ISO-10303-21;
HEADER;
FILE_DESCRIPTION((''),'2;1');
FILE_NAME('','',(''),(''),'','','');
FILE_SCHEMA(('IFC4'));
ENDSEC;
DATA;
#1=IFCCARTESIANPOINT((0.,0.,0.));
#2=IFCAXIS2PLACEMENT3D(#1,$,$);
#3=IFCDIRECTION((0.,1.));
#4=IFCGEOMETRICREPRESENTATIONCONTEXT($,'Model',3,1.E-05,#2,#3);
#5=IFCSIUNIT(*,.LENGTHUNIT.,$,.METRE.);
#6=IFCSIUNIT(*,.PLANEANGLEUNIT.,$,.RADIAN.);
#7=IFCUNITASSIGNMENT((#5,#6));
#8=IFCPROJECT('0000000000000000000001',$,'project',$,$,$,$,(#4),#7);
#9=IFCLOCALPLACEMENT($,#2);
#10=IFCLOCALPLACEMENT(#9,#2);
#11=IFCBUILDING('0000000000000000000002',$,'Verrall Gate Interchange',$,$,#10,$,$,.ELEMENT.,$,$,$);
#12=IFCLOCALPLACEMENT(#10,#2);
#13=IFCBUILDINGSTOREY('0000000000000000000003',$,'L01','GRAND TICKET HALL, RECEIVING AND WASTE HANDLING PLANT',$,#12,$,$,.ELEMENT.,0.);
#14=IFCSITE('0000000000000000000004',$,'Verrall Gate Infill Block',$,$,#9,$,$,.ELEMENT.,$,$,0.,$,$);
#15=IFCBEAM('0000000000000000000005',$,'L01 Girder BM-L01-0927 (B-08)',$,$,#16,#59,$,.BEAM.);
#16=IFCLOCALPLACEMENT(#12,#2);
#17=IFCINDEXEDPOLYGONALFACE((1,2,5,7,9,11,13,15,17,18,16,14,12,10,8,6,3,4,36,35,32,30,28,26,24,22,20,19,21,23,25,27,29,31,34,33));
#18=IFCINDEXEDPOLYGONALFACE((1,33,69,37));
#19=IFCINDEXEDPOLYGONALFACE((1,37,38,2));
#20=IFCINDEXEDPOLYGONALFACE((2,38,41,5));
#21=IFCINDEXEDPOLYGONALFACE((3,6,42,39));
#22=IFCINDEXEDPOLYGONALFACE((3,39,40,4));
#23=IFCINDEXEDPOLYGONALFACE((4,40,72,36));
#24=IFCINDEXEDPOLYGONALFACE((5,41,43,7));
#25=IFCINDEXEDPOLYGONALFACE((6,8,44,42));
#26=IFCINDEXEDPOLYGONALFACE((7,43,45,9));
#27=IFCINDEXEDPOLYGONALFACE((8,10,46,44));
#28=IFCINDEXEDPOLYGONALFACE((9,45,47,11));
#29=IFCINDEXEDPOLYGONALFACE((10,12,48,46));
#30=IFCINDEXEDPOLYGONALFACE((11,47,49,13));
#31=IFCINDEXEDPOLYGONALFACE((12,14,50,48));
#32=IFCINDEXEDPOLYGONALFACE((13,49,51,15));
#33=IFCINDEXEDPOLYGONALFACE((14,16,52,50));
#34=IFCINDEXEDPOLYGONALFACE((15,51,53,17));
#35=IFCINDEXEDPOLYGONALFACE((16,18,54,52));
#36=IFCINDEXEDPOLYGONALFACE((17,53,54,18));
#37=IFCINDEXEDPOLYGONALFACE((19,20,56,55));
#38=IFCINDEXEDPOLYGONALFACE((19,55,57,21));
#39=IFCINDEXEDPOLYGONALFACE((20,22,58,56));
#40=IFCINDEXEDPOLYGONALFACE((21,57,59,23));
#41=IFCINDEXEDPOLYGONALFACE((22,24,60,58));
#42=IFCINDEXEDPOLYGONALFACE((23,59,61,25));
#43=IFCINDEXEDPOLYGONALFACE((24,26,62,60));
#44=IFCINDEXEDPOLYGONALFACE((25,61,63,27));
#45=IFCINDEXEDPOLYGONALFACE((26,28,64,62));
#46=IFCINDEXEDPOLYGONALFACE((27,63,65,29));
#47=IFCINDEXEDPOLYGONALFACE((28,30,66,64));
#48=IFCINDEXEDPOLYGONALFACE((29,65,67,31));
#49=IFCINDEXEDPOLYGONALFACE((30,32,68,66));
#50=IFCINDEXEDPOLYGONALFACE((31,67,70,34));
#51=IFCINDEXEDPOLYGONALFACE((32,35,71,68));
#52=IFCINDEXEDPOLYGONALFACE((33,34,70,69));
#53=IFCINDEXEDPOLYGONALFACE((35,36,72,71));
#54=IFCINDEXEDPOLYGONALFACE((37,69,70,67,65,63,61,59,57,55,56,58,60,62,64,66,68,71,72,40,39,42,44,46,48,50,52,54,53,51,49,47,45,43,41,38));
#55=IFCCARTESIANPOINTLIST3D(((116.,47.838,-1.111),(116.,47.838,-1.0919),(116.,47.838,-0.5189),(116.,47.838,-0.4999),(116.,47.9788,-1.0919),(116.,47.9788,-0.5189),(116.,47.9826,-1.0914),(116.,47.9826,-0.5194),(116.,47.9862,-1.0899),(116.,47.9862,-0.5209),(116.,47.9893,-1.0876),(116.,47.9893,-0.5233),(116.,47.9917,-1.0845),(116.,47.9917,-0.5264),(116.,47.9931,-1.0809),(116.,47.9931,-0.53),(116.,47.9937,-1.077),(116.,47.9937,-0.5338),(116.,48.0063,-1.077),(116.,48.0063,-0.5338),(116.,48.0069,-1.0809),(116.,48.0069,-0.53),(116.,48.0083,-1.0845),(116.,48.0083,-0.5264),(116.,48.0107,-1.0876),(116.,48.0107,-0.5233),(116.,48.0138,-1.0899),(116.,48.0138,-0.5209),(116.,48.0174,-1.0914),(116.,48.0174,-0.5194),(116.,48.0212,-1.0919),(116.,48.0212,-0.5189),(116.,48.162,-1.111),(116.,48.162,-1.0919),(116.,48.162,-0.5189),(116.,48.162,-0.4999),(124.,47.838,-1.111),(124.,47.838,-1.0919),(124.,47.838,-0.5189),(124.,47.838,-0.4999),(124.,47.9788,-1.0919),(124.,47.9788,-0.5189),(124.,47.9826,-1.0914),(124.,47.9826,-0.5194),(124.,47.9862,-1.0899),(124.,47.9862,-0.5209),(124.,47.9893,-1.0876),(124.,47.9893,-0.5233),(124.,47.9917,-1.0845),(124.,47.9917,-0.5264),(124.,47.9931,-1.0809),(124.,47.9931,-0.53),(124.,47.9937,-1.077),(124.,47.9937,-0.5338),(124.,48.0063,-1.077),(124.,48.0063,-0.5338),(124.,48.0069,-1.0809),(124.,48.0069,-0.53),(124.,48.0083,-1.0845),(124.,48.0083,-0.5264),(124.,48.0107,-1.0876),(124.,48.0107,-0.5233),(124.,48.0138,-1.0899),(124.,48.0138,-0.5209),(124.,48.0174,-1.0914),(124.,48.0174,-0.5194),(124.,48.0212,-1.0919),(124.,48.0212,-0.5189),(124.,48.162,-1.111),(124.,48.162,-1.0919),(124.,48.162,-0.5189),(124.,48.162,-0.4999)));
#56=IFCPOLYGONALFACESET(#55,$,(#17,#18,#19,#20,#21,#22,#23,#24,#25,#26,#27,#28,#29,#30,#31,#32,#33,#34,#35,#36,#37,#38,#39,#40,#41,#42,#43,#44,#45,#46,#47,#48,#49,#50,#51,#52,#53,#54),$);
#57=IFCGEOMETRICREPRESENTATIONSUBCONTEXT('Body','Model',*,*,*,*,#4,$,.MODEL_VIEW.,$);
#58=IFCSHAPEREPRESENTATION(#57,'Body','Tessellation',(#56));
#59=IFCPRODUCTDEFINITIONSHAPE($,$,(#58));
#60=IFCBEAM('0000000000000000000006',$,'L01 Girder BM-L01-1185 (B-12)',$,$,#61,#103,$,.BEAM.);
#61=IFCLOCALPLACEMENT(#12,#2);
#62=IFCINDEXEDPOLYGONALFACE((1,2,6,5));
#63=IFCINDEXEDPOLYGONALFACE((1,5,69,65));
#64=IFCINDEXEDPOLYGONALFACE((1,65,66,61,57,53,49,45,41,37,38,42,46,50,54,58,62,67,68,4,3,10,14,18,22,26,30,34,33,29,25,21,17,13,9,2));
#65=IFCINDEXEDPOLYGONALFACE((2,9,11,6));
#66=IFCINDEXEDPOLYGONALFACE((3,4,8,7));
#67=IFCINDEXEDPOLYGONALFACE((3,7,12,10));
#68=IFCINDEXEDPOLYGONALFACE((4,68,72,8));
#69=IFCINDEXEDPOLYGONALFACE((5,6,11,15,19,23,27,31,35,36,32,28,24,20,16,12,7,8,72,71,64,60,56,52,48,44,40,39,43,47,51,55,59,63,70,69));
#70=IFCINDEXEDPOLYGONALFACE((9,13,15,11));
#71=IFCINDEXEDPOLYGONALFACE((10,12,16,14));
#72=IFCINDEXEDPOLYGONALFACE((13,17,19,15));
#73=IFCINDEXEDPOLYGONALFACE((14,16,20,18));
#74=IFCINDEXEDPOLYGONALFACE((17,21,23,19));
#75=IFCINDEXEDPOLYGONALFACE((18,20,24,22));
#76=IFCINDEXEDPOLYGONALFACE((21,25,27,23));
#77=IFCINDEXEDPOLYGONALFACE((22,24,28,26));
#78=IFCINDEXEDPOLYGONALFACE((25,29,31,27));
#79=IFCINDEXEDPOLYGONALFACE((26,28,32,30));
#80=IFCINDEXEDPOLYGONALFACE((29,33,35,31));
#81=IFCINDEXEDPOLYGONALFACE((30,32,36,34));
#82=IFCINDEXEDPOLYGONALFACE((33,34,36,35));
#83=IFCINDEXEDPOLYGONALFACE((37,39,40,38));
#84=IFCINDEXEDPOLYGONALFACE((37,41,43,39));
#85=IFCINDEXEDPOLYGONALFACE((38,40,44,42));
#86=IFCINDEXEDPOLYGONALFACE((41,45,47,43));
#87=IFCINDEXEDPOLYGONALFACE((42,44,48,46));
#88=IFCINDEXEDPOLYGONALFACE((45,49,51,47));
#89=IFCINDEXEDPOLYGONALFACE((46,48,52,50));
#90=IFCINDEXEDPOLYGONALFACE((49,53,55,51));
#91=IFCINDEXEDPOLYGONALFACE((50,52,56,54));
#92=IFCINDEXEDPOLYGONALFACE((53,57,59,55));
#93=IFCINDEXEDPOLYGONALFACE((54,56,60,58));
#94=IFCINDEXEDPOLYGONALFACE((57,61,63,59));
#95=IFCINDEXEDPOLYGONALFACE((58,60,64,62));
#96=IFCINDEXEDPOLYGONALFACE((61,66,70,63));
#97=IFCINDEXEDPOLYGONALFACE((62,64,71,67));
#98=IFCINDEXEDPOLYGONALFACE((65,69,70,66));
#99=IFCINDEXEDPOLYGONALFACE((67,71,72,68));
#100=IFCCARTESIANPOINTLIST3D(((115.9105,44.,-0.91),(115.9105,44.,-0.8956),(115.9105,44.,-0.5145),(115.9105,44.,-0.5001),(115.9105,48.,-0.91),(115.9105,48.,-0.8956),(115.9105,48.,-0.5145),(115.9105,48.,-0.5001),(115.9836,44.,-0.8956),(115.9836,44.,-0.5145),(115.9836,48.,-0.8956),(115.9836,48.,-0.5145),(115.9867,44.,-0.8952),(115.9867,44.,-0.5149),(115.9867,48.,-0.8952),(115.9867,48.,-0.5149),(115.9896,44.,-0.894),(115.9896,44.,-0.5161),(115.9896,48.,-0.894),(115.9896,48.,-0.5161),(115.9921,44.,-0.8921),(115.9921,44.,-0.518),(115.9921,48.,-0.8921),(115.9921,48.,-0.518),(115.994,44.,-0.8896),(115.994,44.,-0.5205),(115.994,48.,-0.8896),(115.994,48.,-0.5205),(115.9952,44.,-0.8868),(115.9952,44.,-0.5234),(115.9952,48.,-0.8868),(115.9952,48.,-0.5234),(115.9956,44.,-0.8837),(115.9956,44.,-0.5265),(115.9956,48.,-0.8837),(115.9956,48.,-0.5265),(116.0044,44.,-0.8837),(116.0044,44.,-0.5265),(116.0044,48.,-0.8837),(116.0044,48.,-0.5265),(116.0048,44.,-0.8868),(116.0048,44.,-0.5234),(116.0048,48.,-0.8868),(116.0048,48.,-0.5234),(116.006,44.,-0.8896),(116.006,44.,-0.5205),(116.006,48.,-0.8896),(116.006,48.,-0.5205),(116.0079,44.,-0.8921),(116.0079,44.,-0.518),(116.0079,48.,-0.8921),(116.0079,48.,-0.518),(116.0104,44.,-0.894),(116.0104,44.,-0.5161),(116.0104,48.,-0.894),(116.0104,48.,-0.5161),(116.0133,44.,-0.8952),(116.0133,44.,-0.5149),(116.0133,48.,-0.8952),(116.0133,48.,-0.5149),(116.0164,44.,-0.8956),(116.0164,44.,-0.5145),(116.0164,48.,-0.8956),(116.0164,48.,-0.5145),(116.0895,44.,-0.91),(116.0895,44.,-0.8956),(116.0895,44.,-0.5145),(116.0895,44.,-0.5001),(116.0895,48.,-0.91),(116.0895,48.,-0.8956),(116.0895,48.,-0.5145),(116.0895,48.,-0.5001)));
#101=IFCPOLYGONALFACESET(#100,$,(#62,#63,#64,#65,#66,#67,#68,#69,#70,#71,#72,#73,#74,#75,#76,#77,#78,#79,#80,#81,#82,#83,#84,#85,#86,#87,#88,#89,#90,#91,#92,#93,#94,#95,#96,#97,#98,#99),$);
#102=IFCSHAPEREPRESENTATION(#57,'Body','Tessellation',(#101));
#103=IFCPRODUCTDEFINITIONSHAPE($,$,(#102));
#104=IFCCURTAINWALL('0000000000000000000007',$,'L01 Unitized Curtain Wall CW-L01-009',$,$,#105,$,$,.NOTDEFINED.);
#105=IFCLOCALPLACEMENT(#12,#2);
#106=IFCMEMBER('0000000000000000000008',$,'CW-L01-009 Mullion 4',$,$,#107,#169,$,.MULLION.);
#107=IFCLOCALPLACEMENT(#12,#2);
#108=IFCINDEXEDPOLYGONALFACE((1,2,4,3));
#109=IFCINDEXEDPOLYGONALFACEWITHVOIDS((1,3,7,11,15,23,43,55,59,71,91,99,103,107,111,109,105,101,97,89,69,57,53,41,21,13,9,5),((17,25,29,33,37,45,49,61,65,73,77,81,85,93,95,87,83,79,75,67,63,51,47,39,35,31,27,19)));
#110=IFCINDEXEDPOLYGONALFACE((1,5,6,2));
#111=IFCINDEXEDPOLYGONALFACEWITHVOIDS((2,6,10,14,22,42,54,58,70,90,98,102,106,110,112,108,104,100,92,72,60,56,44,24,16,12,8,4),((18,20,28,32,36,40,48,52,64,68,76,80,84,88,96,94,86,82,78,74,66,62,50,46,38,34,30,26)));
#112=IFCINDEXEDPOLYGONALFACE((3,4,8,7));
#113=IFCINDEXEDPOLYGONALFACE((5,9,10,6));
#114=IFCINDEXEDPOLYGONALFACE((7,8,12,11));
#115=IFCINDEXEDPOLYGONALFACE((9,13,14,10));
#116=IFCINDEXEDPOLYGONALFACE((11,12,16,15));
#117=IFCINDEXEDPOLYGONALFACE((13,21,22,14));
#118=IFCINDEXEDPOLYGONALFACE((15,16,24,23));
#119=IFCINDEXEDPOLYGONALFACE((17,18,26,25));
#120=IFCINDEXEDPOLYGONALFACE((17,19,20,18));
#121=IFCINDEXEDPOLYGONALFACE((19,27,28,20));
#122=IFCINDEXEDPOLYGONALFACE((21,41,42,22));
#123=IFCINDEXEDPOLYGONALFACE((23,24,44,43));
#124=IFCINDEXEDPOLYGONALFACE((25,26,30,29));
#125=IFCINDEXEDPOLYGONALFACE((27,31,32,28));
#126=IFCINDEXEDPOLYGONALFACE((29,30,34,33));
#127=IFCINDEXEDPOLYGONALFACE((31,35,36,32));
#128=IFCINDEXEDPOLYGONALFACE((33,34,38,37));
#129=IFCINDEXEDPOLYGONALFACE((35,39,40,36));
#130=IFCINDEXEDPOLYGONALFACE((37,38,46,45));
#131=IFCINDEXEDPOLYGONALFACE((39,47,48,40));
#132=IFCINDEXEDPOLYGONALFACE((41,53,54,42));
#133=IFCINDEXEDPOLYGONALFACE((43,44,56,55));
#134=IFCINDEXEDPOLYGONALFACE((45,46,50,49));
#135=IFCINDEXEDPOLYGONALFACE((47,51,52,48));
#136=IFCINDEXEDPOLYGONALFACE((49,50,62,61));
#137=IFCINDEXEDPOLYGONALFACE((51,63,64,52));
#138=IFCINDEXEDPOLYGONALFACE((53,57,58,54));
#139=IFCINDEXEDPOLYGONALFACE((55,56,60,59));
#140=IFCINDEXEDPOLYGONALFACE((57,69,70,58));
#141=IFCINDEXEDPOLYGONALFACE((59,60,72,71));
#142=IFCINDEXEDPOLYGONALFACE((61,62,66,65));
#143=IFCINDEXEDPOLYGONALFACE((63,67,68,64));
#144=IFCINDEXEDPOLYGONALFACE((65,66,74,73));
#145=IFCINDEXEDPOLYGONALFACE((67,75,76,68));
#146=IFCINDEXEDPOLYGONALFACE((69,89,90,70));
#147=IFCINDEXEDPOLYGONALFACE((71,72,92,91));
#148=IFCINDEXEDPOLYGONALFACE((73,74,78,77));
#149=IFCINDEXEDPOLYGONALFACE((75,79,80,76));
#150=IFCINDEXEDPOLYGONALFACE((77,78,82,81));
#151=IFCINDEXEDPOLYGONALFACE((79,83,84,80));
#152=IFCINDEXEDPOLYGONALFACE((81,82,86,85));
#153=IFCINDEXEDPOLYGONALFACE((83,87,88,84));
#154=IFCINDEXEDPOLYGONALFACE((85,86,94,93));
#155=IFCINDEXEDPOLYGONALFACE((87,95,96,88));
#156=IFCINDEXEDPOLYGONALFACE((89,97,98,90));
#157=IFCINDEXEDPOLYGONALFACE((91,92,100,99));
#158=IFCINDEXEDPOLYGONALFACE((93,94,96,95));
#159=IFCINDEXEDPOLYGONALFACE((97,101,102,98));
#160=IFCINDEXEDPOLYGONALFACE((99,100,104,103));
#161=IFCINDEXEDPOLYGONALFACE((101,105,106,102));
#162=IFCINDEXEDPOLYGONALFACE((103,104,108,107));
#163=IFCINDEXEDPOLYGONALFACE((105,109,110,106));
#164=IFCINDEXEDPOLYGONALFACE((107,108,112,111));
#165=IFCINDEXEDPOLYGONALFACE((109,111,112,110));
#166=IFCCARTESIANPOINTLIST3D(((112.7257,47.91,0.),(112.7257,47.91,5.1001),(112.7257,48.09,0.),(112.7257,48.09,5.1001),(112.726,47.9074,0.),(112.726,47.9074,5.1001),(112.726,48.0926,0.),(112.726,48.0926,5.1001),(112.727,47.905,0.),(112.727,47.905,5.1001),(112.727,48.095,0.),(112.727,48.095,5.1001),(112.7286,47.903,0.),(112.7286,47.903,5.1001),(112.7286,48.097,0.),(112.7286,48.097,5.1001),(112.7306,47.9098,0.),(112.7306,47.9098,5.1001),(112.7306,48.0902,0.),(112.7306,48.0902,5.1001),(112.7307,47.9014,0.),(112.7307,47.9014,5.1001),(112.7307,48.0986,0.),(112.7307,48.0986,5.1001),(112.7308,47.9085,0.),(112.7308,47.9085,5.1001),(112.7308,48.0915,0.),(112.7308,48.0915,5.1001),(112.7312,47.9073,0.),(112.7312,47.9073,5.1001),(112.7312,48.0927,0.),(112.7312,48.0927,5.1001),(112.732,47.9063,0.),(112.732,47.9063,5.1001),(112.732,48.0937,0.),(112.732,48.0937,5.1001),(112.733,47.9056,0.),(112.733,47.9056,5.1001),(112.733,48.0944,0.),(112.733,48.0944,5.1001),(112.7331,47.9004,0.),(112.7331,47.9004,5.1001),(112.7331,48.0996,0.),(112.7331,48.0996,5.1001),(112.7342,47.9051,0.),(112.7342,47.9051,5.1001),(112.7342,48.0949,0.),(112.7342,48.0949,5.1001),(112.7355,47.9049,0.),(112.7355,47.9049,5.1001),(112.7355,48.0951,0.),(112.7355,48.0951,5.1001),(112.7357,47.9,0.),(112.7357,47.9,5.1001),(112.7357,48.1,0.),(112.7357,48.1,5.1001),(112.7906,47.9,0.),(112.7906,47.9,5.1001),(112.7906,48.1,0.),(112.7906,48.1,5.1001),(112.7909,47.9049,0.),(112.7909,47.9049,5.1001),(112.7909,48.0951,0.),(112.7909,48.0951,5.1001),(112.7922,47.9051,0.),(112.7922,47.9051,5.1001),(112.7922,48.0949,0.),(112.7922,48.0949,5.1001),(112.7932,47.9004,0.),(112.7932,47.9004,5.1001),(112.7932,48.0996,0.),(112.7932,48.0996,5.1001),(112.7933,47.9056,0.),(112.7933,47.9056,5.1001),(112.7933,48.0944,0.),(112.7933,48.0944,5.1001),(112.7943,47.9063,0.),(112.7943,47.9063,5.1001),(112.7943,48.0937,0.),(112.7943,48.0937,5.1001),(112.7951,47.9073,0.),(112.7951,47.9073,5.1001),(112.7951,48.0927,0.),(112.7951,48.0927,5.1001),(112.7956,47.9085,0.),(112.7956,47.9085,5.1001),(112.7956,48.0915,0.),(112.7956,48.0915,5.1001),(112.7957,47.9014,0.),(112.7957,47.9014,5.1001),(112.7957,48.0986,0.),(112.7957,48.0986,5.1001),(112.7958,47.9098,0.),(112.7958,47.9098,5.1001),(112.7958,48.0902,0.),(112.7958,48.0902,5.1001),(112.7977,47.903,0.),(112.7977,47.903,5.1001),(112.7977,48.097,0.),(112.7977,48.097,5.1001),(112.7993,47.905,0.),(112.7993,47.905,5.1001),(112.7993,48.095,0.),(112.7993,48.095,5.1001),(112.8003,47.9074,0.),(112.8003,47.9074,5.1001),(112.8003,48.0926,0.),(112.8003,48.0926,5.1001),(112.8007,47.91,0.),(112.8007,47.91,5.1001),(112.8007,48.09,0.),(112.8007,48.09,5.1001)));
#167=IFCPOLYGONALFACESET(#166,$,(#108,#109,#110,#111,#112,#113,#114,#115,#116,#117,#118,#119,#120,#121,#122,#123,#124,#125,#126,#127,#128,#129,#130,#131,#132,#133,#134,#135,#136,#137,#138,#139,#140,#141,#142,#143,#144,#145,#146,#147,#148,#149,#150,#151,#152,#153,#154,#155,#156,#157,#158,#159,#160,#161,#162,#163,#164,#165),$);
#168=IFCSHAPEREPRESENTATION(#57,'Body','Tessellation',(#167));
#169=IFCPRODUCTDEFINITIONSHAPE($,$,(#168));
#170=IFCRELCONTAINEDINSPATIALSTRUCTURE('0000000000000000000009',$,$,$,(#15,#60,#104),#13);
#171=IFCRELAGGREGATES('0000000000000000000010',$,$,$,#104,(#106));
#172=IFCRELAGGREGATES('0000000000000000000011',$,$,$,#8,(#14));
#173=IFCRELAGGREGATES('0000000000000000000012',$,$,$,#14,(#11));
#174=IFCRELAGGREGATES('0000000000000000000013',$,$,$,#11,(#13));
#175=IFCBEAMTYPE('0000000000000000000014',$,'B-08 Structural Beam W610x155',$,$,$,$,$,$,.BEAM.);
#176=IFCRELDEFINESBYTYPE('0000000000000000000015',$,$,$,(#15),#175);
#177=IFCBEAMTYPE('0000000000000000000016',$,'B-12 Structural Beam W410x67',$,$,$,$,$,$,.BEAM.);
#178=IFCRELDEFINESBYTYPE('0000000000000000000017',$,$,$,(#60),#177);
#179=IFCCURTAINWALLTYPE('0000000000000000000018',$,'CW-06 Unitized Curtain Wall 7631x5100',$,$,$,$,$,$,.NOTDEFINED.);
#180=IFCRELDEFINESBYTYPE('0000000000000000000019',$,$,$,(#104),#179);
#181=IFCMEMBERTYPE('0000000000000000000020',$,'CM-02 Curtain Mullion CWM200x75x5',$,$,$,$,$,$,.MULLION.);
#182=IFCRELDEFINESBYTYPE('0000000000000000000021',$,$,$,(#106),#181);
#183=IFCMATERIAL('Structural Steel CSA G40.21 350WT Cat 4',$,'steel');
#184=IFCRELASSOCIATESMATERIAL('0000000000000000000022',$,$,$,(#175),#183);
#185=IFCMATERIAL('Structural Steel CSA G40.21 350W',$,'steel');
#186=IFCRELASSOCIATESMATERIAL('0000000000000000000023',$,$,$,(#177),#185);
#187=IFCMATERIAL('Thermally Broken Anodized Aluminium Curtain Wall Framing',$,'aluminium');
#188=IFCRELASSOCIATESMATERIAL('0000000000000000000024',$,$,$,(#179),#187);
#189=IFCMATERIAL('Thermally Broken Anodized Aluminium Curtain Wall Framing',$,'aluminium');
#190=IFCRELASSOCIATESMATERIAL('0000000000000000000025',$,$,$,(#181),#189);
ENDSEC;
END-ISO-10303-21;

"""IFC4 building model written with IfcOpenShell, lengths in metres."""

from ifc_helpers import new_model, si_unit, direction, frame, origin, origin_2d, place, context, subcontext, project, spatial, hollow_rectangle, i_section, extrude, material, material_profile, profile_set, type_object, element, aggregate, save


model = new_model("IFC4")

# Units and contexts
model_context = context("Model", 3, precision=1e-05, world=origin(), true_north=direction((0.0, 1.0)))
body_context = subcontext(model_context, "Body", "Model", "MODEL_VIEW")
ifc_project = project(units=[si_unit("LENGTHUNIT", "METRE"), si_unit("PLANEANGLEUNIT", "RADIAN")], contexts=[model_context])

# Site, building, storey
site_placement = place(None, origin())
site = spatial("IfcSite", under=ifc_project, at=site_placement, Name="Verrall Gate Infill Block", CompositionType="ELEMENT", RefElevation=0.0)
building_placement = place(site_placement, origin())
building = spatial("IfcBuilding", under=site, at=building_placement, Name="Verrall Gate Interchange", CompositionType="ELEMENT")
storey_placement = place(building_placement, origin())
storey = spatial("IfcBuildingStorey", under=building, at=storey_placement, Name="L01", Description="GRAND TICKET HALL, RECEIVING AND WASTE HANDLING PLANT", CompositionType="ELEMENT", Elevation=0.0)

# Beams
ifc_material_1 = material(Name="Structural Steel CSA G40.21 350WT Cat 4", Category="steel")
ifc_material_profile_1 = material_profile(ifc_material_1, i_section(OverallWidth=0.324, OverallDepth=0.6111, WebThickness=0.0127, FlangeThickness=0.019, FilletRadius=0.0149, at=origin_2d()), Name="W610x155")
ifc_profile_set_1 = profile_set([ifc_material_profile_1], Name="Structural Steel CSA G40.21 350WT Cat 4")
beam_type_1 = type_object("IfcBeamType", Name="B-08 Structural Beam W610x155", PredefinedType="BEAM", material=ifc_profile_set_1)
for number, where, z_axis, x_axis, name in (
    (1, (116.0, 48.0, -0.8054), (1.0, 0.0, 0.0), (0.0, 1.0, 0.0), "L01 Girder BM-L01-0927 (B-08)"),
):
    element("IfcBeam", number, at=place(storey_placement, frame(where, z_axis=z_axis, x_axis=x_axis)), inside=storey, type_object=beam_type_1, Name=name, PredefinedType="BEAM", context=body_context, shape_type="SweptSolid", body=[
        extrude(i_section(OverallWidth=0.324, OverallDepth=0.6111, WebThickness=0.0127, FlangeThickness=0.019, FilletRadius=0.0149, at=origin_2d()), origin(), (0.0, 0.0, 1.0), 8.0),
    ])
ifc_material_2 = material(Name="Structural Steel CSA G40.21 350W", Category="steel")
ifc_material_profile_2 = material_profile(ifc_material_2, i_section(OverallWidth=0.179, OverallDepth=0.4099, WebThickness=0.0088, FlangeThickness=0.0144, FilletRadius=0.012, at=origin_2d()), Name="W410x67")
ifc_profile_set_2 = profile_set([ifc_material_profile_2], Name="Structural Steel CSA G40.21 350W")
beam_type_2 = type_object("IfcBeamType", Name="B-12 Structural Beam W410x67", PredefinedType="BEAM", material=ifc_profile_set_2)
beam_1_placement = place(storey_placement, frame((116.0, 44.0, -0.7051), z_axis=(0.0, 1.0, 0.0), x_axis=(-1.0, 0.0, 0.0)))
element("IfcBeam", 2, at=beam_1_placement, inside=storey, type_object=beam_type_2, Name="L01 Girder BM-L01-1185 (B-12)", PredefinedType="BEAM", context=body_context, shape_type="SweptSolid", body=[
    extrude(i_section(OverallWidth=0.179, OverallDepth=0.4099, WebThickness=0.0088, FlangeThickness=0.0144, FilletRadius=0.012, at=origin_2d()), origin(), (0.0, 0.0, 1.0), 4.0),
])

# Curtain wall, member
ifc_material_3 = material(Name="Thermally Broken Anodized Aluminium Curtain Wall Framing", Category="aluminium")
curtain_wall_type = type_object("IfcCurtainWallType", Name="CW-06 Unitized Curtain Wall 7631x5100", PredefinedType="NOTDEFINED", material=ifc_material_3)
curtain_wall_1_placement = place(storey_placement, origin())
curtain_wall_1 = element("IfcCurtainWall", 3, at=curtain_wall_1_placement, inside=storey, type_object=curtain_wall_type, Name="L01 Unitized Curtain Wall CW-L01-009", PredefinedType="NOTDEFINED")
ifc_material_4 = material(Name="Thermally Broken Anodized Aluminium Curtain Wall Framing", Category="aluminium")
ifc_material_profile_3 = material_profile(ifc_material_4, hollow_rectangle(XDim=0.075, YDim=0.2, WallThickness=0.0049, InnerFilletRadius=0.0049, OuterFilletRadius=0.01, at=origin_2d()), Name="CWM200x75x5")
ifc_profile_set_3 = profile_set([ifc_material_profile_3], Name="Thermally Broken Anodized Aluminium Curtain Wall Framing")
member_type_1 = type_object("IfcMemberType", Name="CM-02 Curtain Mullion CWM200x75x5", PredefinedType="MULLION", material=ifc_profile_set_3)
member_1_placement = place(storey_placement, frame((112.7632, 48.0, 0.0), z_axis=(0.0, 0.0, 1.0), x_axis=(1.0, 0.0, 0.0)))
member_1 = element("IfcMember", 4, at=member_1_placement, type_object=member_type_1, Name="CW-L01-009 Mullion 4", PredefinedType="MULLION", context=body_context, shape_type="SweptSolid", body=[
    extrude(hollow_rectangle(XDim=0.075, YDim=0.2, WallThickness=0.0049, InnerFilletRadius=0.0049, OuterFilletRadius=0.01, at=origin_2d()), origin(), (0.0, 0.0, 1.0), 5.1001),
])

aggregate(curtain_wall_1, [member_1])

save(model, "model.ifc")
